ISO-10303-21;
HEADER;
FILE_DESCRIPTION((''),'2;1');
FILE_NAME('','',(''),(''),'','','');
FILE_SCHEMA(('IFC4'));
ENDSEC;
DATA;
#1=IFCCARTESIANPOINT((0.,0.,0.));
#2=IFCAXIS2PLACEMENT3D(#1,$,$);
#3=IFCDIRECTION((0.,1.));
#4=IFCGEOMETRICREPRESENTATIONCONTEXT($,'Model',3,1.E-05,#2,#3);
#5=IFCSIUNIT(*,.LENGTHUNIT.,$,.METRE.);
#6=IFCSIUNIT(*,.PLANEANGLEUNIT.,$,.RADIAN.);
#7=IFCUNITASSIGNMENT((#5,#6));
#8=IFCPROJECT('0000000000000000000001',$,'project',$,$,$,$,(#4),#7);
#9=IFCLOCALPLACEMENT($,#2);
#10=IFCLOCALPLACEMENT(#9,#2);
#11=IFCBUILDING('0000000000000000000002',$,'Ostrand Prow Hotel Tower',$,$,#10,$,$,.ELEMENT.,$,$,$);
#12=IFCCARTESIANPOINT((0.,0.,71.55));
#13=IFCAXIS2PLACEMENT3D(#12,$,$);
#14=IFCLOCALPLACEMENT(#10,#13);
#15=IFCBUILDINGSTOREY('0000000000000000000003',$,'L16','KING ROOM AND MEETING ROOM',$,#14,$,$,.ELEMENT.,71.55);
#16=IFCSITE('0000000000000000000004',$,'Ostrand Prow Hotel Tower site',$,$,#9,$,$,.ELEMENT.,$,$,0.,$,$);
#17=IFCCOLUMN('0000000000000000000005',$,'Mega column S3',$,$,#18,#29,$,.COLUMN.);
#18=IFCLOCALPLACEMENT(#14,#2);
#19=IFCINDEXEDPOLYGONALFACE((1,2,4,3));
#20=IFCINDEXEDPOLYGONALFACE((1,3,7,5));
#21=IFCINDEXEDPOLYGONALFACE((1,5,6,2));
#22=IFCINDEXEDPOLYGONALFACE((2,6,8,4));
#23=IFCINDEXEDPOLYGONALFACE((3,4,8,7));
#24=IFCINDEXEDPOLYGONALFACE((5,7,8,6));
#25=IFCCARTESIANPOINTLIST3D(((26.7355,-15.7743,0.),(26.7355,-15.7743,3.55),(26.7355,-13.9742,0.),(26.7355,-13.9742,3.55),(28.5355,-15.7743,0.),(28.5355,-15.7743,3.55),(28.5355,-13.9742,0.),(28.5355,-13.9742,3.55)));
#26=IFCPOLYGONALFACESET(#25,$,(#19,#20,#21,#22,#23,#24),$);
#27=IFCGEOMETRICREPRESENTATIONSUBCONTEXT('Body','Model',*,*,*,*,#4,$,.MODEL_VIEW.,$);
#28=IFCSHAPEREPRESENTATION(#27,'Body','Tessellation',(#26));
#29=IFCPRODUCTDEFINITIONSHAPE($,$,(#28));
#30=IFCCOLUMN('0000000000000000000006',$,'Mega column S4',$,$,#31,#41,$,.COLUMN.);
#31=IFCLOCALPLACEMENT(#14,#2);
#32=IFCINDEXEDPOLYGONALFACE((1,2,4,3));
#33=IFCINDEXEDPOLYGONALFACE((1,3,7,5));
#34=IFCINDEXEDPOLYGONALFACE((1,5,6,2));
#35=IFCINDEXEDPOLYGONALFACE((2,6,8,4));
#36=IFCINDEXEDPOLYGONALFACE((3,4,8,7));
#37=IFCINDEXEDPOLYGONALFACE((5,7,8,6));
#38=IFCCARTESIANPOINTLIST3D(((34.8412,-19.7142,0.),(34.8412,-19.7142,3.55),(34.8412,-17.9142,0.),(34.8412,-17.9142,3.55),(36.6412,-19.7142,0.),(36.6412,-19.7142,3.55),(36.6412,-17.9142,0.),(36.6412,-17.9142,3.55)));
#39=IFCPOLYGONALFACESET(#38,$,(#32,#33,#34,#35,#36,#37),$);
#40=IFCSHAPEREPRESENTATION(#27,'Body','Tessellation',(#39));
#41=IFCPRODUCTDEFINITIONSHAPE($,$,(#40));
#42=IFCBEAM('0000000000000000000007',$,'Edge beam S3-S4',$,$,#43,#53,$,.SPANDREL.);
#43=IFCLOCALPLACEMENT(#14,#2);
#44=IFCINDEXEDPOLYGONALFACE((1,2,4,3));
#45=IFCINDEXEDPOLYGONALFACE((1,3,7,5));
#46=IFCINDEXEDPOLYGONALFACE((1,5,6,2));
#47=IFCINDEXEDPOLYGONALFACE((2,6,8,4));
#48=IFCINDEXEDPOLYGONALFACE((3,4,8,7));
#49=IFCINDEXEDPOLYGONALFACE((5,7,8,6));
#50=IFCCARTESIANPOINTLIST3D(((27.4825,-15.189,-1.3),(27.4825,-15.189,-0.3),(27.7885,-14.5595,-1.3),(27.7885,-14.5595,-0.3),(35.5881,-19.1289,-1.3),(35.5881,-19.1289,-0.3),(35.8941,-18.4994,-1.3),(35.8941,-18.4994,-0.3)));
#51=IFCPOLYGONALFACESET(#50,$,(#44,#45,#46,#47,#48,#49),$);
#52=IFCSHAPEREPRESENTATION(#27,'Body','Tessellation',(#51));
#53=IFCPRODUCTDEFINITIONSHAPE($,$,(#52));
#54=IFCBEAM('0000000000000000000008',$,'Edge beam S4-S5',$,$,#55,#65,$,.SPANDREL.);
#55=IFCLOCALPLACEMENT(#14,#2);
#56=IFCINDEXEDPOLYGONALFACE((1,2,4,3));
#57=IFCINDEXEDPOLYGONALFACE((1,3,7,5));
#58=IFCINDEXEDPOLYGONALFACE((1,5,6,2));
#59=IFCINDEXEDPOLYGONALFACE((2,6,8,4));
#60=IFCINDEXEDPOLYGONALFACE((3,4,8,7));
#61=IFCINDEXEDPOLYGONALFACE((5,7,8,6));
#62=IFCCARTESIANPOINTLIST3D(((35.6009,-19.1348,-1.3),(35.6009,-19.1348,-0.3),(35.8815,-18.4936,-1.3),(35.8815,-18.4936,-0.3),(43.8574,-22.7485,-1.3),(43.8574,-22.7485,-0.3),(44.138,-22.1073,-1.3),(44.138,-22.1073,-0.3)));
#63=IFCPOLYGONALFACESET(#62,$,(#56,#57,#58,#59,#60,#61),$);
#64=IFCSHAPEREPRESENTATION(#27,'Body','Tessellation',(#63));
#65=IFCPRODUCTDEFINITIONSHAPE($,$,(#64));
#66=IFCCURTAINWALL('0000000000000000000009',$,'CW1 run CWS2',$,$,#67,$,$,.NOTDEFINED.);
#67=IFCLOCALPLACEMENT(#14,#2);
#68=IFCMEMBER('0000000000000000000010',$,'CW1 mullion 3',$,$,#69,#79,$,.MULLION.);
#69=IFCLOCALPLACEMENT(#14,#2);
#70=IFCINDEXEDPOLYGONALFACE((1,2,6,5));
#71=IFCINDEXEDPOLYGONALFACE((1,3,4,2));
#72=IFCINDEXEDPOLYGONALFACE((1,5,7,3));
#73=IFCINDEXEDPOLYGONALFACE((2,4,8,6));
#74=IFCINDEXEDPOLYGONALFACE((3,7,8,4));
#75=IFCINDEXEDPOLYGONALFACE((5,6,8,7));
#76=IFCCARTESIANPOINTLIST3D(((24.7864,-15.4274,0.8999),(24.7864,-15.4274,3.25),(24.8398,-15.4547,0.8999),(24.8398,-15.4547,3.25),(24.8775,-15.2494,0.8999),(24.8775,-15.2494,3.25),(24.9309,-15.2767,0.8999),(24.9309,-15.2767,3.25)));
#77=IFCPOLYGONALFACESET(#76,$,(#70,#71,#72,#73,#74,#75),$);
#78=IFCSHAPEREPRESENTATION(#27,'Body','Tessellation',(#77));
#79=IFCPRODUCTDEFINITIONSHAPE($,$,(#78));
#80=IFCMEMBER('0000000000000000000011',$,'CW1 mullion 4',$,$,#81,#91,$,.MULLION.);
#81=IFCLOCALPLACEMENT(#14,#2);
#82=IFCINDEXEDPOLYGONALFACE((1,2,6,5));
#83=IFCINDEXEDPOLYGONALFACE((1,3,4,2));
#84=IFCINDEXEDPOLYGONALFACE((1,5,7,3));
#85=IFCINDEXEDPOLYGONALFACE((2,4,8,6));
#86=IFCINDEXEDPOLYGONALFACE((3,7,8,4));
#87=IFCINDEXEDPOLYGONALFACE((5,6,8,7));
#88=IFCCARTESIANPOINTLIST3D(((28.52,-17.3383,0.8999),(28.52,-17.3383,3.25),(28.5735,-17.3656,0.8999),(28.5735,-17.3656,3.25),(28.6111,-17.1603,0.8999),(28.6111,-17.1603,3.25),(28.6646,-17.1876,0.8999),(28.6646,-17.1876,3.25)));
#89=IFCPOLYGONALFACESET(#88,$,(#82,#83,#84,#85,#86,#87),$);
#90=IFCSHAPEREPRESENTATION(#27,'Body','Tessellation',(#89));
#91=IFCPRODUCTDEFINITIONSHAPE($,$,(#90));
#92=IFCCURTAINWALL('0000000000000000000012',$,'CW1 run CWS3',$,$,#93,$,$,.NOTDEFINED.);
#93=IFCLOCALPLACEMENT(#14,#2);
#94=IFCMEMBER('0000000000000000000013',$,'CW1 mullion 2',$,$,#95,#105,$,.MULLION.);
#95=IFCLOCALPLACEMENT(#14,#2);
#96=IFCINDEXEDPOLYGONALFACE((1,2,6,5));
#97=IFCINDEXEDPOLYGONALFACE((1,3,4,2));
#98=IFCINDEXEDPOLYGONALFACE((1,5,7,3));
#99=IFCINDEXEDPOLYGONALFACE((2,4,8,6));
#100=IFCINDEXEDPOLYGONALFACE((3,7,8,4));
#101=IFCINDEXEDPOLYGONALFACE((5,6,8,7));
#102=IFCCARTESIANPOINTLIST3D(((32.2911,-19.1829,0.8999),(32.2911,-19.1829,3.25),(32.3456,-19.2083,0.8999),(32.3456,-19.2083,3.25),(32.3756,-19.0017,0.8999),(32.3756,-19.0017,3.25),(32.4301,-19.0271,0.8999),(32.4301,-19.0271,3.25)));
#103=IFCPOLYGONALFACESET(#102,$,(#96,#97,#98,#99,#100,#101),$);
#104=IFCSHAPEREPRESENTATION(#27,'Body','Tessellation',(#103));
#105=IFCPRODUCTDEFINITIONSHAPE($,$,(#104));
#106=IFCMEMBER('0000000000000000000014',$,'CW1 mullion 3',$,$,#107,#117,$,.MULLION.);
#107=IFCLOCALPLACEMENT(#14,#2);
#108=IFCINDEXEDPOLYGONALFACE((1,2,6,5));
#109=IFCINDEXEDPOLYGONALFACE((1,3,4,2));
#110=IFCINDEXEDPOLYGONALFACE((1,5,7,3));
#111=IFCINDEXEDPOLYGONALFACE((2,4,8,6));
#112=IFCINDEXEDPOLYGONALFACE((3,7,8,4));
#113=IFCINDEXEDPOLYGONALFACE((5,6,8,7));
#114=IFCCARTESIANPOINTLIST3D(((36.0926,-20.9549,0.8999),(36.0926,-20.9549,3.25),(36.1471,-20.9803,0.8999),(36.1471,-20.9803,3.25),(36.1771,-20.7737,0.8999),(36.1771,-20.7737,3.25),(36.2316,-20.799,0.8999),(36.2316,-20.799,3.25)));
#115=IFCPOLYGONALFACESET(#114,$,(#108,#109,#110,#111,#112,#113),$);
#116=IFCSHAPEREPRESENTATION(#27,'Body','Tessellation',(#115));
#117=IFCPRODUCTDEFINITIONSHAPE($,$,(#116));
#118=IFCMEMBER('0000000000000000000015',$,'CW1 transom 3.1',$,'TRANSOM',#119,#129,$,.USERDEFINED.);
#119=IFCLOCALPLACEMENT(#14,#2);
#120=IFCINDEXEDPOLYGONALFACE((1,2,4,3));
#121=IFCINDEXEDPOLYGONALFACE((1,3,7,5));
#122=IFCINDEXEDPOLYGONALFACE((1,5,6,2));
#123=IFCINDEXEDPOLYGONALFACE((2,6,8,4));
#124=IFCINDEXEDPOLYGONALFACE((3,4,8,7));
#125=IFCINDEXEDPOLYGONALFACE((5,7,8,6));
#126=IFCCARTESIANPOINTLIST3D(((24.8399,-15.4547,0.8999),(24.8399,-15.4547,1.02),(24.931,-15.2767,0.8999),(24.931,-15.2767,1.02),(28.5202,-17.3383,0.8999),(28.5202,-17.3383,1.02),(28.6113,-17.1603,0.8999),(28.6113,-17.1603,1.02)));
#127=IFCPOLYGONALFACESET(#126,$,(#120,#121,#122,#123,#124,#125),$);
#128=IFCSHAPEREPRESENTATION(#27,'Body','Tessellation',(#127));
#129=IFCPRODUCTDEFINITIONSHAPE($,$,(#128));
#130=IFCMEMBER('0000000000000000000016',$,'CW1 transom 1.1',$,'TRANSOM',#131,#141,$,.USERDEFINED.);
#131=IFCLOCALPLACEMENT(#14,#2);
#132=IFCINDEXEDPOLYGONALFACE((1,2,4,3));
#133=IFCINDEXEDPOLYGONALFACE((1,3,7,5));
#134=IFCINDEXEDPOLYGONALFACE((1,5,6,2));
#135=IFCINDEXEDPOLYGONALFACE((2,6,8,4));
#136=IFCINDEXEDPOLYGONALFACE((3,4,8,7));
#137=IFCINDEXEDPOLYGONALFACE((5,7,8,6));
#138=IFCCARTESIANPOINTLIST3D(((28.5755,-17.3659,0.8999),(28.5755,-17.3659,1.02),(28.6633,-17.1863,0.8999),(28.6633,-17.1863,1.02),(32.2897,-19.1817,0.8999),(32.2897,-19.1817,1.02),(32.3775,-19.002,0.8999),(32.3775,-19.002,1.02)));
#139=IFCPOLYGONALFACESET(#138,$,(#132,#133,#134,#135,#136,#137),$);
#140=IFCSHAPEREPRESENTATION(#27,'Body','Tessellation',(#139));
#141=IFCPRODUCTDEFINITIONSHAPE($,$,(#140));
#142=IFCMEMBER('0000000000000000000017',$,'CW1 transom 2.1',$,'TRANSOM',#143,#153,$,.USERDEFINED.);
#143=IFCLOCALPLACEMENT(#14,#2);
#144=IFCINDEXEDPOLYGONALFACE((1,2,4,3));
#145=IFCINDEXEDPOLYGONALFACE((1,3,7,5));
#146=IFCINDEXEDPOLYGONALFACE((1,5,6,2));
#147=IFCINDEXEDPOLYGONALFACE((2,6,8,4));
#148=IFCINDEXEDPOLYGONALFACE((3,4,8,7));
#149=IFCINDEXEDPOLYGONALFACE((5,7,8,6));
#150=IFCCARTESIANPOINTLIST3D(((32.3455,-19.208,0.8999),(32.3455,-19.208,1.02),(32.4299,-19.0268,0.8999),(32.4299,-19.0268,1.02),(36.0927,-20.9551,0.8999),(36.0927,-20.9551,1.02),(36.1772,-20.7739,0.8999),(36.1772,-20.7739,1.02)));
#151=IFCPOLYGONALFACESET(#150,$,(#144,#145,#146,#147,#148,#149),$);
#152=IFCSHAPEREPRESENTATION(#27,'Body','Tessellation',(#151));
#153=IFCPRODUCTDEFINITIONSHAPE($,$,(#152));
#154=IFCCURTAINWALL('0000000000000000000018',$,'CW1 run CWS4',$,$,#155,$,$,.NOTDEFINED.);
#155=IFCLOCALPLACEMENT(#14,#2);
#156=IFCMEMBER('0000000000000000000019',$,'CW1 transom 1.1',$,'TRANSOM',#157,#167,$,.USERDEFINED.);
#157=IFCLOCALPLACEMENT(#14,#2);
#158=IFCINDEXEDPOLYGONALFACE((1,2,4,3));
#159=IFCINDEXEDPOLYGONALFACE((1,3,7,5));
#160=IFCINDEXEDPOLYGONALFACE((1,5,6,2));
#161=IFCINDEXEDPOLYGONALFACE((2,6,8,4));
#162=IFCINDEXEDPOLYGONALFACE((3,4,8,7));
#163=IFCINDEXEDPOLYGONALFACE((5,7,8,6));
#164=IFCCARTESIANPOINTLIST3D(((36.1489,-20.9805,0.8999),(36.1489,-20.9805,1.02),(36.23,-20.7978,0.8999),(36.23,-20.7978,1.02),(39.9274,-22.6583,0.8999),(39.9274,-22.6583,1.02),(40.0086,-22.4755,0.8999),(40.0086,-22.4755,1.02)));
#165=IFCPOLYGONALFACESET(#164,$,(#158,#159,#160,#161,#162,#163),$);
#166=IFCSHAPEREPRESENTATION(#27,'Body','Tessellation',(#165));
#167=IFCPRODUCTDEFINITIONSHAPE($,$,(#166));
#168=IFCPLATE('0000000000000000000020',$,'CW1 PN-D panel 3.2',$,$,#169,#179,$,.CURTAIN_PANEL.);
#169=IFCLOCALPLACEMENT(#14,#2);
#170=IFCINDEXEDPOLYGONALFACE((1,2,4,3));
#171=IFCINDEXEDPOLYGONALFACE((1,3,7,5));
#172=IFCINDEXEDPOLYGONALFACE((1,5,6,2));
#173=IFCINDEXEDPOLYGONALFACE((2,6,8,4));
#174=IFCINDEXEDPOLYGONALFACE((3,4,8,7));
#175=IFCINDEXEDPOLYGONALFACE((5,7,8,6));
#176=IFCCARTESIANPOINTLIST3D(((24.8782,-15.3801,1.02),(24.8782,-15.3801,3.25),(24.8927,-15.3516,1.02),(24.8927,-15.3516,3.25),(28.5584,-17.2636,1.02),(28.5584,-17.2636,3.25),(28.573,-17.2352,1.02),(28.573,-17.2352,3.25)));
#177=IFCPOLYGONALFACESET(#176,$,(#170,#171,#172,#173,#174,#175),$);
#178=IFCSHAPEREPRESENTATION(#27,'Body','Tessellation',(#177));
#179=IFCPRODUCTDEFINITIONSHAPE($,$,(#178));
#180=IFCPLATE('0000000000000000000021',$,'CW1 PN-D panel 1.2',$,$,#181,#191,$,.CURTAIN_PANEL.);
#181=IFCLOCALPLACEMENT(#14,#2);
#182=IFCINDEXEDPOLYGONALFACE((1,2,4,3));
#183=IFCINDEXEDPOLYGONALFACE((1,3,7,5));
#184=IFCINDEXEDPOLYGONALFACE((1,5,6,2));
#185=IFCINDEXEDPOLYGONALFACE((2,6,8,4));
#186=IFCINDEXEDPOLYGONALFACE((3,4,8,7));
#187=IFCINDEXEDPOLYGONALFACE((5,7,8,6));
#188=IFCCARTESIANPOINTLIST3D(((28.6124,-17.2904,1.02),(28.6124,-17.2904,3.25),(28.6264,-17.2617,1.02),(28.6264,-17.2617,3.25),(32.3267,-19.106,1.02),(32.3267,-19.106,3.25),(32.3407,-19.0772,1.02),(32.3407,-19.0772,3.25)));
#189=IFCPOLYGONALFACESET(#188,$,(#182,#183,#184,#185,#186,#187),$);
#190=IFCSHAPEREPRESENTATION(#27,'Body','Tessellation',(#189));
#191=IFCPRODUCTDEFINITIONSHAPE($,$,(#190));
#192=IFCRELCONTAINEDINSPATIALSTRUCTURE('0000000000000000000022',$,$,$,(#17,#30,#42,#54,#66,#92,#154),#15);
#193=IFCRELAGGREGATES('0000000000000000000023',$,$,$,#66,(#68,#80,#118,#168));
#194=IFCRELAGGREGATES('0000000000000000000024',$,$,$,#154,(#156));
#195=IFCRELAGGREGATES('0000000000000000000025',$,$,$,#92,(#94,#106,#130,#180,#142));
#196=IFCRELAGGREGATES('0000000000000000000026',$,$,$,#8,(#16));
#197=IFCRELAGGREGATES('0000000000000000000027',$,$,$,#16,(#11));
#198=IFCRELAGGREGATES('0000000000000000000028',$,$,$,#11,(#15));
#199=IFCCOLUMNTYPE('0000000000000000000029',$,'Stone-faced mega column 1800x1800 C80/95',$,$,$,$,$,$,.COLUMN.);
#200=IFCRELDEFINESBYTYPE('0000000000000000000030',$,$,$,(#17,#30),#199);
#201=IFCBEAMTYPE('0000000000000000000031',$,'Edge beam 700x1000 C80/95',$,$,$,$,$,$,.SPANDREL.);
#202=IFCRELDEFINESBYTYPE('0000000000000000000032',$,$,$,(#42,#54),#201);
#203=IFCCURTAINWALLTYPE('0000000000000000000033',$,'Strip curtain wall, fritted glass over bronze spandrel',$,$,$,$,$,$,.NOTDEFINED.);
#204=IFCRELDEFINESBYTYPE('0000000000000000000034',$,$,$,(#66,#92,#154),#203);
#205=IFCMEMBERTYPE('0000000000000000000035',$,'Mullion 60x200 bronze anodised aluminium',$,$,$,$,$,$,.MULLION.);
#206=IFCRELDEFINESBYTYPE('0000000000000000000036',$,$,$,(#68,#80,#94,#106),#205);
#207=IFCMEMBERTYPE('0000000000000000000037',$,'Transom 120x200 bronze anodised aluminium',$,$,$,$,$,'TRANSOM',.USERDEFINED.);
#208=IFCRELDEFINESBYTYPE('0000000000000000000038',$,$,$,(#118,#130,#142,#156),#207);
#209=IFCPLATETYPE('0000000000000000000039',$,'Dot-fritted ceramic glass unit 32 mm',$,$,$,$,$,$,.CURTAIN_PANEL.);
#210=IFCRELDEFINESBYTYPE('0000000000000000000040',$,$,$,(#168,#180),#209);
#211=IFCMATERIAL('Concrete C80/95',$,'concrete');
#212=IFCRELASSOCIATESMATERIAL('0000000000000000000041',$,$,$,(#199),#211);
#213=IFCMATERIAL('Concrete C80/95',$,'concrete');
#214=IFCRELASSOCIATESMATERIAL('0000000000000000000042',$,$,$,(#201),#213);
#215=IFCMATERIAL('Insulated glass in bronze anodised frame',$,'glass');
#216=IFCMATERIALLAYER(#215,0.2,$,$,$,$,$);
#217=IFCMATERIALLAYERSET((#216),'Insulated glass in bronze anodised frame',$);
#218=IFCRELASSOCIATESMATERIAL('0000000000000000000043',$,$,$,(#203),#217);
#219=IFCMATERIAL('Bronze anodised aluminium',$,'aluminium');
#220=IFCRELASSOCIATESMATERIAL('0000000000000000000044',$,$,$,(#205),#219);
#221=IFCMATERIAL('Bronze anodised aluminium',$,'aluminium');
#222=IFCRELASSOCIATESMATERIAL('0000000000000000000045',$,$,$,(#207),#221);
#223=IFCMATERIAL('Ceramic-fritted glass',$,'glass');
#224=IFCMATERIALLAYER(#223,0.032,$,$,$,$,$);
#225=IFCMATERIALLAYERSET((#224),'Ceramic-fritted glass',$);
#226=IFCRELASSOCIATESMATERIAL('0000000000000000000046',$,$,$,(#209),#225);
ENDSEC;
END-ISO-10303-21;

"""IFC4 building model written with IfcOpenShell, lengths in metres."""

from ifc_helpers import new_model, si_unit, direction, frame, origin, origin_2d, place, context, subcontext, project, spatial, rectangle, extrude, material, layer, layer_set, material_profile, profile_set, type_object, element, aggregate, save


model = new_model("IFC4")

# Units and contexts
model_context = context("Model", 3, precision=1e-05, world=origin(), true_north=direction((0.0, 1.0)))
body_context = subcontext(model_context, "Body", "Model", "MODEL_VIEW")
ifc_project = project(units=[si_unit("LENGTHUNIT", "METRE"), si_unit("PLANEANGLEUNIT", "RADIAN")], contexts=[model_context])

# Site, building, storey
site_placement = place(None, origin())
site = spatial("IfcSite", under=ifc_project, at=site_placement, Name="Ostrand Prow Hotel Tower site", CompositionType="ELEMENT", RefElevation=0.0)
building_placement = place(site_placement, origin())
building = spatial("IfcBuilding", under=site, at=building_placement, Name="Ostrand Prow Hotel Tower", CompositionType="ELEMENT")
storey_placement = place(building_placement, frame((0.0, 0.0, 71.55)))
storey = spatial("IfcBuildingStorey", under=building, at=storey_placement, Name="L16", Description="KING ROOM AND MEETING ROOM", CompositionType="ELEMENT", Elevation=71.55)

# Columns
ifc_material_1 = material(Name="Concrete C80/95", Category="concrete")
ifc_material_profile_1 = material_profile(ifc_material_1, rectangle(XDim=1.8, YDim=1.8, at=origin_2d()), Name="RC 1800x1800")
ifc_profile_set_1 = profile_set([ifc_material_profile_1], Name="Concrete C80/95")
column_type = type_object("IfcColumnType", Name="Stone-faced mega column 1800x1800 C80/95", PredefinedType="COLUMN", material=ifc_profile_set_1)
for number, where, z_axis, x_axis, name in (
    (1, (27.6355, -14.8743, 0.0), (0.0, 0.0, 1.0), (1.0, 0.0, 0.0), "Mega column S3"),
    (2, (35.7412, -18.8142, 0.0), (0.0, 0.0, 1.0), (1.0, 0.0, 0.0), "Mega column S4"),
):
    element("IfcColumn", number, at=place(storey_placement, frame(where, z_axis=z_axis, x_axis=x_axis)), inside=storey, type_object=column_type, Name=name, PredefinedType="COLUMN", context=body_context, shape_type="SweptSolid", body=[
        extrude(rectangle(XDim=1.8, YDim=1.8, at=origin_2d()), origin(), (0.0, 0.0, 1.0), 3.55),
    ])

# Beams
ifc_material_2 = material(Name="Concrete C80/95", Category="concrete")
ifc_material_profile_2 = material_profile(ifc_material_2, rectangle(XDim=0.7, YDim=1.0, at=origin_2d()), Name="RC 700x1000")
ifc_profile_set_2 = profile_set([ifc_material_profile_2], Name="Concrete C80/95")
beam_type = type_object("IfcBeamType", Name="Edge beam 700x1000 C80/95", PredefinedType="SPANDREL", material=ifc_profile_set_2)
beam_1_placement = place(storey_placement, frame((27.6355, -14.8743, -0.8), z_axis=(0.899382, -0.437163, 0.0), x_axis=(0.437163, 0.899382, 0.0)))
element("IfcBeam", 3, at=beam_1_placement, inside=storey, type_object=beam_type, Name="Edge beam S3-S4", PredefinedType="SPANDREL", context=body_context, shape_type="SweptSolid", body=[
    extrude(rectangle(XDim=0.7, YDim=1.0, at=origin_2d()), origin(), (0.0, 0.0, 1.0), 9.0125),
])
beam_2_placement = place(storey_placement, frame((35.7412, -18.8142, -0.8), z_axis=(0.916096, -0.40096, 0.0), x_axis=(0.40096, 0.916096, 0.0)))
element("IfcBeam", 4, at=beam_2_placement, inside=storey, type_object=beam_type, Name="Edge beam S4-S5", PredefinedType="SPANDREL", context=body_context, shape_type="SweptSolid", body=[
    extrude(rectangle(XDim=0.7, YDim=1.0, at=origin_2d()), origin(), (0.0, 0.0, 1.0), 9.0127),
])

# Curtain walls, members
ifc_material_3 = material(Name="Insulated glass in bronze anodised frame", Category="glass")
ifc_layer_1 = layer(ifc_material_3, 0.2)
ifc_layer_set_1 = layer_set([ifc_layer_1], Name="Insulated glass in bronze anodised frame")
curtain_wall_type = type_object("IfcCurtainWallType", Name="Strip curtain wall, fritted glass over bronze spandrel", PredefinedType="NOTDEFINED", material=ifc_layer_set_1)
curtain_wall_1_placement = place(storey_placement, origin())
curtain_wall_1 = element("IfcCurtainWall", 5, at=curtain_wall_1_placement, inside=storey, type_object=curtain_wall_type, Name="CW1 run CWS2", PredefinedType="NOTDEFINED")
ifc_material_4 = material(Name="Bronze anodised aluminium", Category="aluminium")
ifc_material_profile_3 = material_profile(ifc_material_4, rectangle(XDim=0.2, YDim=0.0601, at=origin_2d()), Name="Mullion 60x200 bronze anodised aluminium")
ifc_profile_set_3 = profile_set([ifc_material_profile_3], Name="Bronze anodised aluminium")
member_type_1 = type_object("IfcMemberType", Name="Mullion 60x200 bronze anodised aluminium", PredefinedType="MULLION", material=ifc_profile_set_3)
member_1_placement = place(storey_placement, frame((24.8586, -15.3521, 0.8999), z_axis=(0.0, 0.0, 1.0), x_axis=(0.455596, 0.890187, 0.0)))
member_1 = element("IfcMember", 6, at=member_1_placement, type_object=member_type_1, Name="CW1 mullion 3", PredefinedType="MULLION", context=body_context, shape_type="SweptSolid", body=[
    extrude(rectangle(XDim=0.2, YDim=0.0601, at=origin_2d()), origin(), (0.0, 0.0, 1.0), 2.3501),
])
member_2_placement = place(storey_placement, frame((28.5923, -17.2629, 0.8999), z_axis=(0.0, 0.0, 1.0), x_axis=(0.455596, 0.890187, 0.0)))
member_2 = element("IfcMember", 7, at=member_2_placement, type_object=member_type_1, Name="CW1 mullion 4", PredefinedType="MULLION", context=body_context, shape_type="SweptSolid", body=[
    extrude(rectangle(XDim=0.2, YDim=0.0601, at=origin_2d()), origin(), (0.0, 0.0, 1.0), 2.3501),
])
curtain_wall_2_placement = place(storey_placement, origin())
curtain_wall_2 = element("IfcCurtainWall", 8, at=curtain_wall_2_placement, inside=storey, type_object=curtain_wall_type, Name="CW1 run CWS3", PredefinedType="NOTDEFINED")
member_3_placement = place(storey_placement, frame((32.3606, -19.105, 0.8999), z_axis=(0.0, 0.0, 1.0), x_axis=(0.42253, 0.906349, 0.0)))
member_3 = element("IfcMember", 9, at=member_3_placement, type_object=member_type_1, Name="CW1 mullion 2", PredefinedType="MULLION", context=body_context, shape_type="SweptSolid", body=[
    extrude(rectangle(XDim=0.2, YDim=0.0601, at=origin_2d()), origin(), (0.0, 0.0, 1.0), 2.3501),
])
member_4_placement = place(storey_placement, frame((36.1621, -20.877, 0.8999), z_axis=(0.0, 0.0, 1.0), x_axis=(0.42253, 0.906349, 0.0)))
member_4 = element("IfcMember", 10, at=member_4_placement, type_object=member_type_1, Name="CW1 mullion 3", PredefinedType="MULLION", context=body_context, shape_type="SweptSolid", body=[
    extrude(rectangle(XDim=0.2, YDim=0.0601, at=origin_2d()), origin(), (0.0, 0.0, 1.0), 2.3501),
])

# Members
ifc_material_5 = material(Name="Bronze anodised aluminium", Category="aluminium")
ifc_material_profile_4 = material_profile(ifc_material_5, rectangle(XDim=0.2, YDim=0.1201, at=origin_2d()), Name="Transom 120x200 bronze anodised aluminium")
ifc_profile_set_4 = profile_set([ifc_material_profile_4], Name="Bronze anodised aluminium")
member_type_2 = type_object("IfcMemberType", Name="Transom 120x200 bronze anodised aluminium", ElementType="TRANSOM", PredefinedType="USERDEFINED", material=ifc_profile_set_4)
member_5_placement = place(storey_placement, frame((24.8855, -15.3657, 0.96), z_axis=(0.890183, -0.455603, 0.0), x_axis=(0.455603, 0.890183, 0.0)))
member_5 = element("IfcMember", 11, at=member_5_placement, type_object=member_type_2, Name="CW1 transom 3.1", ObjectType="TRANSOM", PredefinedType="USERDEFINED", context=body_context, shape_type="SweptSolid", body=[
    extrude(rectangle(XDim=0.2, YDim=0.1201, at=origin_2d()), origin(), (0.0, 0.0, 1.0), 4.1343),
])
member_6_placement = place(storey_placement, frame((28.6194, -17.2761, 0.96), z_axis=(0.898395, -0.439188, 0.0), x_axis=(0.439188, 0.898395, 0.0)))
member_6 = element("IfcMember", 12, at=member_6_placement, type_object=member_type_2, Name="CW1 transom 1.1", ObjectType="TRANSOM", PredefinedType="USERDEFINED", context=body_context, shape_type="SweptSolid", body=[
    extrude(rectangle(XDim=0.2, YDim=0.1201, at=origin_2d()), origin(), (0.0, 0.0, 1.0), 4.1343),
])
member_7_placement = place(storey_placement, frame((32.3877, -19.1174, 0.96), z_axis=(0.906338, -0.422552, 0.0), x_axis=(0.422552, 0.906338, 0.0)))
member_7 = element("IfcMember", 13, at=member_7_placement, type_object=member_type_2, Name="CW1 transom 2.1", ObjectType="TRANSOM", PredefinedType="USERDEFINED", context=body_context, shape_type="SweptSolid", body=[
    extrude(rectangle(XDim=0.2, YDim=0.1201, at=origin_2d()), origin(), (0.0, 0.0, 1.0), 4.1345),
])

# Curtain wall, member
curtain_wall_3_placement = place(storey_placement, origin())
curtain_wall_3 = element("IfcCurtainWall", 14, at=curtain_wall_3_placement, inside=storey, type_object=curtain_wall_type, Name="CW1 run CWS4", PredefinedType="NOTDEFINED")
member_8_placement = place(storey_placement, frame((36.1895, -20.8892, 0.96), z_axis=(0.913958, -0.40581, 0.0), x_axis=(0.40581, 0.913958, 0.0)))
member_8 = element("IfcMember", 15, at=member_8_placement, type_object=member_type_2, Name="CW1 transom 1.1", ObjectType="TRANSOM", PredefinedType="USERDEFINED", context=body_context, shape_type="SweptSolid", body=[
    extrude(rectangle(XDim=0.2, YDim=0.1201, at=origin_2d()), origin(), (0.0, 0.0, 1.0), 4.1343),
])

# Plates
ifc_material_6 = material(Name="Ceramic-fritted glass", Category="glass")
ifc_layer_2 = layer(ifc_material_6, 0.032)
ifc_layer_set_2 = layer_set([ifc_layer_2], Name="Ceramic-fritted glass")
plate_type_1 = type_object("IfcPlateType", Name="Dot-fritted ceramic glass unit 32 mm", PredefinedType="CURTAIN_PANEL", material=ifc_layer_set_2)
plate_1_placement = place(storey_placement, frame((26.7256, -16.3076, 1.02), z_axis=(0.0, 0.0, 1.0), x_axis=(0.890187, -0.455596, 0.0)))
plate_1 = element("IfcPlate", 16, at=plate_1_placement, type_object=plate_type_1, Name="CW1 PN-D panel 3.2", PredefinedType="CURTAIN_PANEL", context=body_context, shape_type="SweptSolid", body=[
    extrude(rectangle(XDim=4.1343, YDim=0.032, at=origin_2d()), origin(), (0.0, 0.0, 1.0), 2.23),
])
aggregate(curtain_wall_1, [member_1, member_2, member_5, plate_1])
plate_2_placement = place(storey_placement, frame((30.4766, -18.1838, 1.02), z_axis=(0.0, 0.0, 1.0), x_axis=(0.89842, -0.439138, 0.0)))
plate_2 = element("IfcPlate", 17, at=plate_2_placement, type_object=plate_type_1, Name="CW1 PN-D panel 1.2", PredefinedType="CURTAIN_PANEL", context=body_context, shape_type="SweptSolid", body=[
    extrude(rectangle(XDim=4.1343, YDim=0.032, at=origin_2d()), origin(), (0.0, 0.0, 1.0), 2.23),
])
aggregate(curtain_wall_3, [member_8])
aggregate(curtain_wall_2, [member_3, member_4, member_6, plate_2, member_7])

save(model, "model.ifc")
